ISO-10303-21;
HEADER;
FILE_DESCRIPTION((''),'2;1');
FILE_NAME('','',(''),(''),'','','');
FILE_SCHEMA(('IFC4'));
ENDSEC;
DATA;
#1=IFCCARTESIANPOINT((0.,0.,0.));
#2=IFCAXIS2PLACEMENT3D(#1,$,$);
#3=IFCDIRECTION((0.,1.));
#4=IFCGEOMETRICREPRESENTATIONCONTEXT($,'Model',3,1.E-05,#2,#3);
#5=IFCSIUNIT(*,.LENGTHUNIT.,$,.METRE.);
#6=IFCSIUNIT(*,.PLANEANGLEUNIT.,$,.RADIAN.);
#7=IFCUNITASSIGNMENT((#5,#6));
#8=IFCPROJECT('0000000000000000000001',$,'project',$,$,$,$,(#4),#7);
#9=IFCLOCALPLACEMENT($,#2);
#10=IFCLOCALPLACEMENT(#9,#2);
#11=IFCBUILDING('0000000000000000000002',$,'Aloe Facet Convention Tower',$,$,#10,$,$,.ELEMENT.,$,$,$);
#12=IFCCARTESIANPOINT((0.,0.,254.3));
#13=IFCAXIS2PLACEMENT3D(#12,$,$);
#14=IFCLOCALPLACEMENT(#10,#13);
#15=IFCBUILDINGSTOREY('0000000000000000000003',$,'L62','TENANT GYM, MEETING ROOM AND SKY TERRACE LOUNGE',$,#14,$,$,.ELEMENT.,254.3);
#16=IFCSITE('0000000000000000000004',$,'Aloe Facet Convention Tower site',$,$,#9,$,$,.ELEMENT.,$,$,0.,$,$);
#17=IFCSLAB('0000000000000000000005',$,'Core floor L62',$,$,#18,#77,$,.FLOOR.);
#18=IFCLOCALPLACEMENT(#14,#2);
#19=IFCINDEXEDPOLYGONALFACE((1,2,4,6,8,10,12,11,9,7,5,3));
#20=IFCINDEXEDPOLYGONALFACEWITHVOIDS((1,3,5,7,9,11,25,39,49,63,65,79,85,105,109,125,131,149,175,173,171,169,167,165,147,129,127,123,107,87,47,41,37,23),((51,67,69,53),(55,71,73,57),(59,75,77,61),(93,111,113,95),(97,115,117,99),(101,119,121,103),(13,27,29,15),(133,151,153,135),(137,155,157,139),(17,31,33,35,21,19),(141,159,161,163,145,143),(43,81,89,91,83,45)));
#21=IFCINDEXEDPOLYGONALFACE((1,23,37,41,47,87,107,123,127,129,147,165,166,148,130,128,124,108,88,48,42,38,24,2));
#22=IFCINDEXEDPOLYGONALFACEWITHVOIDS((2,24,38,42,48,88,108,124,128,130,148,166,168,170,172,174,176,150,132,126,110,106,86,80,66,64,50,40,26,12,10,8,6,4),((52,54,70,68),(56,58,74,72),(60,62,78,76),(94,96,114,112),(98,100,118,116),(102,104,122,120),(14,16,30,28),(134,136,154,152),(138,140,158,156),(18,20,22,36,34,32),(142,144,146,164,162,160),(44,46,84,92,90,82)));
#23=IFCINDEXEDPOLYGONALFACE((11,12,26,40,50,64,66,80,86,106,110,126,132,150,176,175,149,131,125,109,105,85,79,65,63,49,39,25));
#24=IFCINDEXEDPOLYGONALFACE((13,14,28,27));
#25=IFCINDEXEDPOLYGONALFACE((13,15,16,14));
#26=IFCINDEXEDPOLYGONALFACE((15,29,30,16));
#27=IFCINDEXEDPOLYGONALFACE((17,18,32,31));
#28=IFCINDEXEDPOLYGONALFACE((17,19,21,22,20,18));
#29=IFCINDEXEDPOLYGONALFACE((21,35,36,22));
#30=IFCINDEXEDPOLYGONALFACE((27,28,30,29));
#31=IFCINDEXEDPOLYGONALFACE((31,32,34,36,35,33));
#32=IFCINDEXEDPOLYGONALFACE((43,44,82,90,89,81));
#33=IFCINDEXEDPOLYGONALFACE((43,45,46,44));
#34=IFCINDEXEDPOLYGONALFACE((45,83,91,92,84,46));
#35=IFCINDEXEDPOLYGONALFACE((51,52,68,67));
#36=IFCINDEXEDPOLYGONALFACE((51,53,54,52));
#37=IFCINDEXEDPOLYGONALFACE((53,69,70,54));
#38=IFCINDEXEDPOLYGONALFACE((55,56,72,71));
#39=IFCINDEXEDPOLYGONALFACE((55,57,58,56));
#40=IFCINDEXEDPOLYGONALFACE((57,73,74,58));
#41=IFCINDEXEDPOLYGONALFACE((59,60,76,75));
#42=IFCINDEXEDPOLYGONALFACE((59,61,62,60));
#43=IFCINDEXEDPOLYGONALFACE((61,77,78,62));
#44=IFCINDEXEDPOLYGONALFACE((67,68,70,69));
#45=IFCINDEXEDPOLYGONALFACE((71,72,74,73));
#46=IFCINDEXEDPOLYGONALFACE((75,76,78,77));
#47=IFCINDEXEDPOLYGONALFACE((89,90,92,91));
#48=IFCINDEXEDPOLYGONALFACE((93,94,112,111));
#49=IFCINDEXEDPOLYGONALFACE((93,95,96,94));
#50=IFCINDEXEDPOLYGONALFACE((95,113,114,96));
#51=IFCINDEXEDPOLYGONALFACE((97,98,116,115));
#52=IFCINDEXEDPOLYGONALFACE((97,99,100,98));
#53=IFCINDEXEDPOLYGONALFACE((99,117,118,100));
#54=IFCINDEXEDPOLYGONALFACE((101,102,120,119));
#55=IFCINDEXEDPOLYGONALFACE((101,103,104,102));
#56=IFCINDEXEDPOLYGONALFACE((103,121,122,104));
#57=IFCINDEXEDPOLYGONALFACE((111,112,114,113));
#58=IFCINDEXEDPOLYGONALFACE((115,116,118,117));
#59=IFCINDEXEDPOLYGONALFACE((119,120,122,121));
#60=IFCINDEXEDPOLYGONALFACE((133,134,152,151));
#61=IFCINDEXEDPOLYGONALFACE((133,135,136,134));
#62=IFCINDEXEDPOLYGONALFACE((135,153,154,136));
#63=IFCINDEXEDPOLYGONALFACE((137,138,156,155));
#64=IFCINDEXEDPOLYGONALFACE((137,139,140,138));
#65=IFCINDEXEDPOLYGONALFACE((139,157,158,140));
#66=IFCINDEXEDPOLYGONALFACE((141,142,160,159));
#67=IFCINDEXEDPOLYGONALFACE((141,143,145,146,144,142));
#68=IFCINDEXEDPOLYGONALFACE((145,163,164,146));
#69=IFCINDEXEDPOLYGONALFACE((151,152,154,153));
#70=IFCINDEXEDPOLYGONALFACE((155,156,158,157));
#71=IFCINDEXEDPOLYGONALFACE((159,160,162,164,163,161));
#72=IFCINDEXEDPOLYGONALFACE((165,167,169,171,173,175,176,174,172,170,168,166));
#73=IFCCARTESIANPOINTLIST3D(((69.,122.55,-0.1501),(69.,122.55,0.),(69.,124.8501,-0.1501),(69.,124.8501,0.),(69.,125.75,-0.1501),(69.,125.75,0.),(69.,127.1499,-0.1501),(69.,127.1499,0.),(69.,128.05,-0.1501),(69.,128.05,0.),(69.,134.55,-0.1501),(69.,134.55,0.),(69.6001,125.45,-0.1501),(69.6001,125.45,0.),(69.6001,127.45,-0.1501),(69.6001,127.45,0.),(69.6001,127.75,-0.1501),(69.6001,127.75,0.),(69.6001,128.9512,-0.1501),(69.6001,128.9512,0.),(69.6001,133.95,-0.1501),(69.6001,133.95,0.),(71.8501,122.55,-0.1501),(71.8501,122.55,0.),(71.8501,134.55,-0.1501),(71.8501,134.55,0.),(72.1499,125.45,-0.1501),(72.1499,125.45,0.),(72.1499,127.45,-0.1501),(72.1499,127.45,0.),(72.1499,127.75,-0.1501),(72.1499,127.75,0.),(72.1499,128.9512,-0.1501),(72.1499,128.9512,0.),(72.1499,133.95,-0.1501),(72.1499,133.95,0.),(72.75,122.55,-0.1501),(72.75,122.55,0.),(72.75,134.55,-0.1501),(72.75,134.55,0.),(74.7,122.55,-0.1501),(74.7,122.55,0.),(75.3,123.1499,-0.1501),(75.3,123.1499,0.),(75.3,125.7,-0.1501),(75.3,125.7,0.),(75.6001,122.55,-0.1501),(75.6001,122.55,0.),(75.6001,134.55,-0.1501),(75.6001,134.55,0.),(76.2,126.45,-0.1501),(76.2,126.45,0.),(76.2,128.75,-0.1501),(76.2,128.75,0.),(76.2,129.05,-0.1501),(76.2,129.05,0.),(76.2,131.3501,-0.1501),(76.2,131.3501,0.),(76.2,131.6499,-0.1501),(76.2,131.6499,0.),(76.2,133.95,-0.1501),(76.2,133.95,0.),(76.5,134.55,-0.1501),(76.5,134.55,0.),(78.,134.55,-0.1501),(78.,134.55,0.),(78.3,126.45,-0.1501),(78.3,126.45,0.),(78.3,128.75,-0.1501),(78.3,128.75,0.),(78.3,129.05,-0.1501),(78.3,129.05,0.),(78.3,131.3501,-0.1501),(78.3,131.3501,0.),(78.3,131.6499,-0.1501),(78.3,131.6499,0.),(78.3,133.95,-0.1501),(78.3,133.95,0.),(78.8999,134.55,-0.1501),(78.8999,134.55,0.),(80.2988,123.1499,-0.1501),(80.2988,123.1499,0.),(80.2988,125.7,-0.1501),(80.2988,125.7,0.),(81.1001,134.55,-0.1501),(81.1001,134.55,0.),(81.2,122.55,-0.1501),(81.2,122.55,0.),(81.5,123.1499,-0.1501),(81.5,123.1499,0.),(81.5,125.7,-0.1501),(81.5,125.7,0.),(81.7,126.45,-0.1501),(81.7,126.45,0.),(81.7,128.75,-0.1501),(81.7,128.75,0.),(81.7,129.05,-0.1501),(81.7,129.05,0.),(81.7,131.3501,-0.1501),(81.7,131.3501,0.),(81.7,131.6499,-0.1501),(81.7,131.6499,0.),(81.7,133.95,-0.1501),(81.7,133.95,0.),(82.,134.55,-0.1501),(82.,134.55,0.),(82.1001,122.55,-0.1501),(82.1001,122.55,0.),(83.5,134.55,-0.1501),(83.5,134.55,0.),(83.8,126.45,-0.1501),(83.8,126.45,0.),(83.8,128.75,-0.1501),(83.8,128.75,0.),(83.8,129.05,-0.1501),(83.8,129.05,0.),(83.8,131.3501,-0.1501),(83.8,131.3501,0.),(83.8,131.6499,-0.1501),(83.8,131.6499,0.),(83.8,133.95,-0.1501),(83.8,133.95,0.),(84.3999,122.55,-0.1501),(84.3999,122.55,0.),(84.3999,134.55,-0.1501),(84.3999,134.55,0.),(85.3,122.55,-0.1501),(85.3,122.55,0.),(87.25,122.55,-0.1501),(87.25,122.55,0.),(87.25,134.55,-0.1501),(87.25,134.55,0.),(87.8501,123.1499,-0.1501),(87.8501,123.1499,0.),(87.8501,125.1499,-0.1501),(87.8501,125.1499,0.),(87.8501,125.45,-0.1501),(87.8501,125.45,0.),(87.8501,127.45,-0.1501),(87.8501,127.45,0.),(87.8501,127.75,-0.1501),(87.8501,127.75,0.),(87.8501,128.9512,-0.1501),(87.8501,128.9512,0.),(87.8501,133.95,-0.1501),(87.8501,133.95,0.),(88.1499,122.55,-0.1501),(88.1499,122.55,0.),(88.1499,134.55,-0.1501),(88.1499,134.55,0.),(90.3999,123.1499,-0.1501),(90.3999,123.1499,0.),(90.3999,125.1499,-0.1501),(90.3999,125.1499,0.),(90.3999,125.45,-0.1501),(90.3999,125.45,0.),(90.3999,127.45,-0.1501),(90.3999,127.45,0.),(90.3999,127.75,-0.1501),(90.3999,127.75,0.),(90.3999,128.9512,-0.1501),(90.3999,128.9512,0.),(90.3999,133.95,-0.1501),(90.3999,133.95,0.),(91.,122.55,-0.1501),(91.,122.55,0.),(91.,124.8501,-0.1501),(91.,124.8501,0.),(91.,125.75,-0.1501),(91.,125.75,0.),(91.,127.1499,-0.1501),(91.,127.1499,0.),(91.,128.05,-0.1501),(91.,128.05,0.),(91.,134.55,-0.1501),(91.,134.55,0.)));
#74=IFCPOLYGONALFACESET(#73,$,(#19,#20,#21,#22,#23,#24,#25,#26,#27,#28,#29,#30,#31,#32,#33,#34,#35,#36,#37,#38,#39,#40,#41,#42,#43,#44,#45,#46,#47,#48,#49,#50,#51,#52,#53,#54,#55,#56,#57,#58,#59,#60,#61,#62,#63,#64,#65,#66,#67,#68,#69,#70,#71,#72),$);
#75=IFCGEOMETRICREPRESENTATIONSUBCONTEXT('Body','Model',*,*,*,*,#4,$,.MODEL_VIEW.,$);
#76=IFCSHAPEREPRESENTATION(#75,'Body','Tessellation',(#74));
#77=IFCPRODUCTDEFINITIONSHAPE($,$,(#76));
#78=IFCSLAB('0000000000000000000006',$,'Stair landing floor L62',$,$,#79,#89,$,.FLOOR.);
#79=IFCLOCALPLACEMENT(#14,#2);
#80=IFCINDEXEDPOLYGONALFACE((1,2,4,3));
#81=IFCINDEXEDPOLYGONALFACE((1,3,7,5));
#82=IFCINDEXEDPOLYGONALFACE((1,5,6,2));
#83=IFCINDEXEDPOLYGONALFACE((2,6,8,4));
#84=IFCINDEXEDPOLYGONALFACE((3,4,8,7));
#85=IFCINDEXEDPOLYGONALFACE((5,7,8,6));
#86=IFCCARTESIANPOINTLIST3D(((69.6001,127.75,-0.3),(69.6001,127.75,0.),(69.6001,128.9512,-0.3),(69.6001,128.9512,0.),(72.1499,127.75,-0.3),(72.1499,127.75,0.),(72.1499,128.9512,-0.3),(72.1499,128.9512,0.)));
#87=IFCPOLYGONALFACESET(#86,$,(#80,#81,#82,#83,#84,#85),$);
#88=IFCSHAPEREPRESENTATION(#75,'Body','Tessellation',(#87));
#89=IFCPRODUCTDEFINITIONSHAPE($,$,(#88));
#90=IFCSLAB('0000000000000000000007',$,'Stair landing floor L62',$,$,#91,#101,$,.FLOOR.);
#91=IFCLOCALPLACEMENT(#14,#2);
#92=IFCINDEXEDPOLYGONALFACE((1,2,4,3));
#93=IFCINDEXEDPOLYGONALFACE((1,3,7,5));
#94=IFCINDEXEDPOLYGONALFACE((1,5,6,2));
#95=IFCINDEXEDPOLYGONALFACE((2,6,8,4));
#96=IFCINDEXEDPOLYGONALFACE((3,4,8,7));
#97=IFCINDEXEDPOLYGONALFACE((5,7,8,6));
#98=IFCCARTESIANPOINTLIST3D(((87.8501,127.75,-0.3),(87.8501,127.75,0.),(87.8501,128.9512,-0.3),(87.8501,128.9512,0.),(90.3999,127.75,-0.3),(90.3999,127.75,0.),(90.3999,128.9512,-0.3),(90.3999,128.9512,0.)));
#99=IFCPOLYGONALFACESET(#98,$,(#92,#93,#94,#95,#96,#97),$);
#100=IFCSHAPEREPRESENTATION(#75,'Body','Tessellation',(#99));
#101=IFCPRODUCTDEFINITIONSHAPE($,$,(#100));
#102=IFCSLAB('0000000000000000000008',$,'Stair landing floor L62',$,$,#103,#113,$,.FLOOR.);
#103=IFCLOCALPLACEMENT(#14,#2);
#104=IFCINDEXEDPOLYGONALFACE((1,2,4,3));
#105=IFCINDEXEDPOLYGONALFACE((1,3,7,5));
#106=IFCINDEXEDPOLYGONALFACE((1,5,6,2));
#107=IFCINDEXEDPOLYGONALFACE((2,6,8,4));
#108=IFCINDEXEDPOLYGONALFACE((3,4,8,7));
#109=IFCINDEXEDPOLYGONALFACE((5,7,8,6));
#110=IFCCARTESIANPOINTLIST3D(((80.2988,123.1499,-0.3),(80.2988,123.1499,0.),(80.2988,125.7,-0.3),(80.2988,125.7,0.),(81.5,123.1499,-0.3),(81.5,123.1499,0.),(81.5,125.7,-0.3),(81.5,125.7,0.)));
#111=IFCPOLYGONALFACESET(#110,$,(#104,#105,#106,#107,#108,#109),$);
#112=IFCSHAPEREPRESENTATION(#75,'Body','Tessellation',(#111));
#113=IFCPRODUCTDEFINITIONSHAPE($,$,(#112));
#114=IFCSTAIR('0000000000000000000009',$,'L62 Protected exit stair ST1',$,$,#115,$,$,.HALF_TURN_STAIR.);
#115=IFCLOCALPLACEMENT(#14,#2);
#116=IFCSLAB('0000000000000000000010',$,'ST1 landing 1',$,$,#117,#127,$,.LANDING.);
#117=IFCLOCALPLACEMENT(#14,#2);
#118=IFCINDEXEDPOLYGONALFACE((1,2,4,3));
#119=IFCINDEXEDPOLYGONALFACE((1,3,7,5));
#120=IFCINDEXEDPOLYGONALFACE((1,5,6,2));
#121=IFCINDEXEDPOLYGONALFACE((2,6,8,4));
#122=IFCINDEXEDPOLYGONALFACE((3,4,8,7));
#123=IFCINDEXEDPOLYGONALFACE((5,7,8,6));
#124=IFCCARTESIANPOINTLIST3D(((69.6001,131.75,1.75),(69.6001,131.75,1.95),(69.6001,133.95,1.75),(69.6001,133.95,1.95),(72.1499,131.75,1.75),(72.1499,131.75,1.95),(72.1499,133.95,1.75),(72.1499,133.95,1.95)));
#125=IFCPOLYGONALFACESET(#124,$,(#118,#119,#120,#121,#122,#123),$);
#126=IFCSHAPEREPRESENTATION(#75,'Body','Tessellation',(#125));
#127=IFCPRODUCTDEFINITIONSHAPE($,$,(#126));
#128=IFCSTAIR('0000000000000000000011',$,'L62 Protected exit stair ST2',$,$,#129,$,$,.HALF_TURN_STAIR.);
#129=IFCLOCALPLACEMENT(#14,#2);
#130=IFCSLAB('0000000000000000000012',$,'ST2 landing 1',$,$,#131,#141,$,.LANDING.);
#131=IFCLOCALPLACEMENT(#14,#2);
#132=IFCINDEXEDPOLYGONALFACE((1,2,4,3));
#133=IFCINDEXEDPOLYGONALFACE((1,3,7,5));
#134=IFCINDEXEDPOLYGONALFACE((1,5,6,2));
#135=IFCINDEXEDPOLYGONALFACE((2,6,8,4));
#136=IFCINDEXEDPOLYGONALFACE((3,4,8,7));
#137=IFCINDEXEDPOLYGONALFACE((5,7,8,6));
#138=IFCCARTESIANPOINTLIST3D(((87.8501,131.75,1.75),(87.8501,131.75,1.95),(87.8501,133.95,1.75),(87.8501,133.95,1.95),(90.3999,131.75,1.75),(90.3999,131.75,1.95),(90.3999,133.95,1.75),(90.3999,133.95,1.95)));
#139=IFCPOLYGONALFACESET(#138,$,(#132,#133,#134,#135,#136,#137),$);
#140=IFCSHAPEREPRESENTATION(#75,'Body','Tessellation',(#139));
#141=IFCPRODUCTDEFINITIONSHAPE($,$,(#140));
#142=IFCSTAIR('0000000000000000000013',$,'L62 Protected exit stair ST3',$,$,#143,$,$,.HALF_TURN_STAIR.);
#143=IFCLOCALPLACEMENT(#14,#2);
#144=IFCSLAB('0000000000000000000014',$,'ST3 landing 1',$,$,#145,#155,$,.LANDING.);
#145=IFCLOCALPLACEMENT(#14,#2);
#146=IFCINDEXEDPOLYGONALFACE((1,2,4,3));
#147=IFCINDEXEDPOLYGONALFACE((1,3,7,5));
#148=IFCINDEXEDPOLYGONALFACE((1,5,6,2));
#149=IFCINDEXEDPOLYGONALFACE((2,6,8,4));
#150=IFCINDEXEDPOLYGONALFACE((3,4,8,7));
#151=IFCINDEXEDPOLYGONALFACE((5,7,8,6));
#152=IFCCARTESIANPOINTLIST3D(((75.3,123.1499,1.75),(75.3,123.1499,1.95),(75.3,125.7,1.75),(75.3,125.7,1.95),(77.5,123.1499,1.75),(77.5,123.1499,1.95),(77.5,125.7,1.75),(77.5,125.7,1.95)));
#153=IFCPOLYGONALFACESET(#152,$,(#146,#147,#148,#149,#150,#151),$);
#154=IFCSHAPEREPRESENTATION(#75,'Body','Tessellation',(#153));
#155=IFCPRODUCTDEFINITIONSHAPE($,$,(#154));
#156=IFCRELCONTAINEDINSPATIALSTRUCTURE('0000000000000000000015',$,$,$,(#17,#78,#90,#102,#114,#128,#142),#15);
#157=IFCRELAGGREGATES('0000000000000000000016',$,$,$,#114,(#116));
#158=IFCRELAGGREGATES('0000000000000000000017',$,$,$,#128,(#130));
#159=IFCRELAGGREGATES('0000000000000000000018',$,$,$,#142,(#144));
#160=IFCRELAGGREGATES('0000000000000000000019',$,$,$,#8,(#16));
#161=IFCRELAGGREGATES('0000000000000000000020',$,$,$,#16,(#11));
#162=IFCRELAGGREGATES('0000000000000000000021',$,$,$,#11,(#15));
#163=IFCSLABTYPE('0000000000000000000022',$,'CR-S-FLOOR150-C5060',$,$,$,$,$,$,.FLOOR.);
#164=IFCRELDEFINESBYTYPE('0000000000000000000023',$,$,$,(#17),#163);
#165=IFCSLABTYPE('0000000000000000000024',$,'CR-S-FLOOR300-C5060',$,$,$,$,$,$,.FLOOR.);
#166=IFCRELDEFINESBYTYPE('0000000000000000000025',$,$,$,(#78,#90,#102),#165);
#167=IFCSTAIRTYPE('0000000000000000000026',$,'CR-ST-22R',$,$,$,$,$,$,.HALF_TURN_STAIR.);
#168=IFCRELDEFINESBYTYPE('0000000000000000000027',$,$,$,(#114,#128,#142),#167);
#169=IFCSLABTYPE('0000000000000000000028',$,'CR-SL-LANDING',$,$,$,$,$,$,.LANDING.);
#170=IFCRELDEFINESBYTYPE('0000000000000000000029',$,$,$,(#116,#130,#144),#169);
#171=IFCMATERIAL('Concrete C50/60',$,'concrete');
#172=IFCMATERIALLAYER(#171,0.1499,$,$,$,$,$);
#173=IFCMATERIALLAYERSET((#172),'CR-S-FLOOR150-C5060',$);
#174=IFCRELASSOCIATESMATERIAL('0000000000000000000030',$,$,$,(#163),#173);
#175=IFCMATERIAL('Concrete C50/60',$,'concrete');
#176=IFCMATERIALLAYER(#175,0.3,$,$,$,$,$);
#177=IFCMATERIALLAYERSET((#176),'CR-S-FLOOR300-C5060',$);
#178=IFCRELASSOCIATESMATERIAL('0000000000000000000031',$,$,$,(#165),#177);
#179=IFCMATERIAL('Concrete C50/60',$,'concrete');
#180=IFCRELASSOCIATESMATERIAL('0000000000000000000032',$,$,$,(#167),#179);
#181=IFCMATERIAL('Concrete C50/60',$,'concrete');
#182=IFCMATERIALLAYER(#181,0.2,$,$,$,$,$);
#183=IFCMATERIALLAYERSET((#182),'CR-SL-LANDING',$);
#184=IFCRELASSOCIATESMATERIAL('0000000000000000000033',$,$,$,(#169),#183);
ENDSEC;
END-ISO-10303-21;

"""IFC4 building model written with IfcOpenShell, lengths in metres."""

from ifc_helpers import new_model, si_unit, direction, frame, origin, place, context, subcontext, project, spatial, polyline, outline, extrude, material, layer, layer_set, type_object, element, aggregate, save


model = new_model("IFC4")

# Units and contexts
model_context = context("Model", 3, precision=1e-05, world=origin(), true_north=direction((0.0, 1.0)))
body_context = subcontext(model_context, "Body", "Model", "MODEL_VIEW")
ifc_project = project(units=[si_unit("LENGTHUNIT", "METRE"), si_unit("PLANEANGLEUNIT", "RADIAN")], contexts=[model_context])

# Site, building, storey
site_placement = place(None, origin())
site = spatial("IfcSite", under=ifc_project, at=site_placement, Name="Aloe Facet Convention Tower site", CompositionType="ELEMENT", RefElevation=0.0)
building_placement = place(site_placement, origin())
building = spatial("IfcBuilding", under=site, at=building_placement, Name="Aloe Facet Convention Tower", CompositionType="ELEMENT")
storey_placement = place(building_placement, frame((0.0, 0.0, 254.3)))
storey = spatial("IfcBuildingStorey", under=building, at=storey_placement, Name="L62", Description="TENANT GYM, MEETING ROOM AND SKY TERRACE LOUNGE", CompositionType="ELEMENT", Elevation=254.3)

# Slabs
ifc_material_1 = material(Name="Concrete C50/60", Category="concrete")
ifc_layer_1 = layer(ifc_material_1, 0.1499)
ifc_layer_set_1 = layer_set([ifc_layer_1], Name="CR-S-FLOOR150-C5060")
slab_type_1 = type_object("IfcSlabType", Name="CR-S-FLOOR150-C5060", PredefinedType="FLOOR", material=ifc_layer_set_1)
slab_1_placement = place(storey_placement, frame((0.0, 0.0, -0.1501)))
element("IfcSlab", 1, at=slab_1_placement, inside=storey, type_object=slab_type_1, Name="Core floor L62", PredefinedType="FLOOR", context=body_context, shape_type="SweptSolid", body=[
    extrude(outline(polyline([(71.8501, 134.55), (72.75, 134.55), (75.6001, 134.55), (76.5, 134.55), (78.0, 134.55), (78.8999, 134.55), (81.1001, 134.55), (82.0, 134.55), (83.5, 134.55), (84.3999, 134.55), (87.25, 134.55), (88.1499, 134.55), (91.0, 134.55), (91.0, 128.05), (91.0, 127.1499), (91.0, 125.75), (91.0, 124.8501), (91.0, 122.55), (88.1499, 122.55), (87.25, 122.55), (85.3, 122.55), (84.3999, 122.55), (82.1001, 122.55), (81.2, 122.55), (75.6001, 122.55), (74.7, 122.55), (72.75, 122.55), (71.8501, 122.55), (69.0, 122.55), (69.0, 124.8501), (69.0, 125.75), (69.0, 127.1499), (69.0, 128.05), (69.0, 134.55), (71.8501, 134.55)]), holes=[polyline([(80.2988, 123.1499), (81.5, 123.1499), (81.5, 125.7), (80.2988, 125.7), (75.3, 125.7), (75.3, 123.1499), (80.2988, 123.1499)]), polyline([(69.6001, 125.45), (72.1499, 125.45), (72.1499, 127.45), (69.6001, 127.45), (69.6001, 125.45)]), polyline([(76.2, 126.45), (78.3, 126.45), (78.3, 128.75), (76.2, 128.75), (76.2, 126.45)]), polyline([(78.3, 129.05), (78.3, 131.3501), (76.2, 131.3501), (76.2, 129.05), (78.3, 129.05)]), polyline([(69.6001, 133.95), (69.6001, 128.9512), (69.6001, 127.75), (72.1499, 127.75), (72.1499, 128.9512), (72.1499, 133.95), (69.6001, 133.95)]), polyline([(76.2, 131.6499), (78.3, 131.6499), (78.3, 133.95), (76.2, 133.95), (76.2, 131.6499)]), polyline([(90.3999, 123.1499), (90.3999, 125.1499), (87.8501, 125.1499), (87.8501, 123.1499), (90.3999, 123.1499)]), polyline([(87.8501, 125.45), (90.3999, 125.45), (90.3999, 127.45), (87.8501, 127.45), (87.8501, 125.45)]), polyline([(81.7, 126.45), (83.8, 126.45), (83.8, 128.75), (81.7, 128.75), (81.7, 126.45)]), polyline([(83.8, 129.05), (83.8, 131.3501), (81.7, 131.3501), (81.7, 129.05), (83.8, 129.05)]), polyline([(87.8501, 133.95), (87.8501, 128.9512), (87.8501, 127.75), (90.3999, 127.75), (90.3999, 128.9512), (90.3999, 133.95), (87.8501, 133.95)]), polyline([(81.7, 131.6499), (83.8, 131.6499), (83.8, 133.95), (81.7, 133.95), (81.7, 131.6499)])]), origin(), (0.0, 0.0, 1.0), 0.1501),
])
ifc_material_2 = material(Name="Concrete C50/60", Category="concrete")
ifc_layer_2 = layer(ifc_material_2, 0.3)
ifc_layer_set_2 = layer_set([ifc_layer_2], Name="CR-S-FLOOR300-C5060")
slab_type_2 = type_object("IfcSlabType", Name="CR-S-FLOOR300-C5060", PredefinedType="FLOOR", material=ifc_layer_set_2)
slab_2_placement = place(storey_placement, frame((0.0, 0.0, -0.3)))
element("IfcSlab", 2, at=slab_2_placement, inside=storey, type_object=slab_type_2, Name="Stair landing floor L62", PredefinedType="FLOOR", context=body_context, shape_type="SweptSolid", body=[
    extrude(outline(polyline([(72.1499, 127.75), (72.1499, 128.9512), (69.6001, 128.9512), (69.6001, 127.75), (72.1499, 127.75)])), origin(), (0.0, 0.0, 1.0), 0.3),
])
slab_3_placement = place(storey_placement, frame((0.0, 0.0, -0.3)))
element("IfcSlab", 3, at=slab_3_placement, inside=storey, type_object=slab_type_2, Name="Stair landing floor L62", PredefinedType="FLOOR", context=body_context, shape_type="SweptSolid", body=[
    extrude(outline(polyline([(90.3999, 127.75), (90.3999, 128.9512), (87.8501, 128.9512), (87.8501, 127.75), (90.3999, 127.75)])), origin(), (0.0, 0.0, 1.0), 0.3),
])
slab_4_placement = place(storey_placement, frame((0.0, 0.0, -0.3)))
element("IfcSlab", 4, at=slab_4_placement, inside=storey, type_object=slab_type_2, Name="Stair landing floor L62", PredefinedType="FLOOR", context=body_context, shape_type="SweptSolid", body=[
    extrude(outline(polyline([(81.5, 125.7), (80.2988, 125.7), (80.2988, 123.1499), (81.5, 123.1499), (81.5, 125.7)])), origin(), (0.0, 0.0, 1.0), 0.3),
])

# Stairs, slabs
ifc_material_3 = material(Name="Concrete C50/60", Category="concrete")
stair_type = type_object("IfcStairType", Name="CR-ST-22R", PredefinedType="HALF_TURN_STAIR", material=ifc_material_3)
stair_1_placement = place(storey_placement, origin())
stair_1 = element("IfcStair", 5, at=stair_1_placement, inside=storey, type_object=stair_type, Name="L62 Protected exit stair ST1", PredefinedType="HALF_TURN_STAIR")
ifc_material_4 = material(Name="Concrete C50/60", Category="concrete")
ifc_layer_3 = layer(ifc_material_4, 0.2)
ifc_layer_set_3 = layer_set([ifc_layer_3], Name="CR-SL-LANDING")
slab_type_3 = type_object("IfcSlabType", Name="CR-SL-LANDING", PredefinedType="LANDING", material=ifc_layer_set_3)
slab_5_placement = place(storey_placement, frame((0.0, 0.0, 1.75)))
slab_5 = element("IfcSlab", 6, at=slab_5_placement, type_object=slab_type_3, Name="ST1 landing 1", PredefinedType="LANDING", context=body_context, shape_type="SweptSolid", body=[
    extrude(outline(polyline([(72.1499, 131.75), (72.1499, 133.95), (69.6001, 133.95), (69.6001, 131.75), (72.1499, 131.75)])), origin(), (0.0, 0.0, 1.0), 0.2),
])
aggregate(stair_1, [slab_5])
stair_2_placement = place(storey_placement, origin())
stair_2 = element("IfcStair", 7, at=stair_2_placement, inside=storey, type_object=stair_type, Name="L62 Protected exit stair ST2", PredefinedType="HALF_TURN_STAIR")
slab_6_placement = place(storey_placement, frame((0.0, 0.0, 1.75)))
slab_6 = element("IfcSlab", 8, at=slab_6_placement, type_object=slab_type_3, Name="ST2 landing 1", PredefinedType="LANDING", context=body_context, shape_type="SweptSolid", body=[
    extrude(outline(polyline([(90.3999, 131.75), (90.3999, 133.95), (87.8501, 133.95), (87.8501, 131.75), (90.3999, 131.75)])), origin(), (0.0, 0.0, 1.0), 0.2),
])
aggregate(stair_2, [slab_6])
stair_3_placement = place(storey_placement, origin())
stair_3 = element("IfcStair", 9, at=stair_3_placement, inside=storey, type_object=stair_type, Name="L62 Protected exit stair ST3", PredefinedType="HALF_TURN_STAIR")
slab_7_placement = place(storey_placement, frame((0.0, 0.0, 1.75)))
slab_7 = element("IfcSlab", 10, at=slab_7_placement, type_object=slab_type_3, Name="ST3 landing 1", PredefinedType="LANDING", context=body_context, shape_type="SweptSolid", body=[
    extrude(outline(polyline([(77.5, 125.7), (75.3, 125.7), (75.3, 123.1499), (77.5, 123.1499), (77.5, 125.7)])), origin(), (0.0, 0.0, 1.0), 0.2),
])
aggregate(stair_3, [slab_7])

save(model, "model.ifc")
